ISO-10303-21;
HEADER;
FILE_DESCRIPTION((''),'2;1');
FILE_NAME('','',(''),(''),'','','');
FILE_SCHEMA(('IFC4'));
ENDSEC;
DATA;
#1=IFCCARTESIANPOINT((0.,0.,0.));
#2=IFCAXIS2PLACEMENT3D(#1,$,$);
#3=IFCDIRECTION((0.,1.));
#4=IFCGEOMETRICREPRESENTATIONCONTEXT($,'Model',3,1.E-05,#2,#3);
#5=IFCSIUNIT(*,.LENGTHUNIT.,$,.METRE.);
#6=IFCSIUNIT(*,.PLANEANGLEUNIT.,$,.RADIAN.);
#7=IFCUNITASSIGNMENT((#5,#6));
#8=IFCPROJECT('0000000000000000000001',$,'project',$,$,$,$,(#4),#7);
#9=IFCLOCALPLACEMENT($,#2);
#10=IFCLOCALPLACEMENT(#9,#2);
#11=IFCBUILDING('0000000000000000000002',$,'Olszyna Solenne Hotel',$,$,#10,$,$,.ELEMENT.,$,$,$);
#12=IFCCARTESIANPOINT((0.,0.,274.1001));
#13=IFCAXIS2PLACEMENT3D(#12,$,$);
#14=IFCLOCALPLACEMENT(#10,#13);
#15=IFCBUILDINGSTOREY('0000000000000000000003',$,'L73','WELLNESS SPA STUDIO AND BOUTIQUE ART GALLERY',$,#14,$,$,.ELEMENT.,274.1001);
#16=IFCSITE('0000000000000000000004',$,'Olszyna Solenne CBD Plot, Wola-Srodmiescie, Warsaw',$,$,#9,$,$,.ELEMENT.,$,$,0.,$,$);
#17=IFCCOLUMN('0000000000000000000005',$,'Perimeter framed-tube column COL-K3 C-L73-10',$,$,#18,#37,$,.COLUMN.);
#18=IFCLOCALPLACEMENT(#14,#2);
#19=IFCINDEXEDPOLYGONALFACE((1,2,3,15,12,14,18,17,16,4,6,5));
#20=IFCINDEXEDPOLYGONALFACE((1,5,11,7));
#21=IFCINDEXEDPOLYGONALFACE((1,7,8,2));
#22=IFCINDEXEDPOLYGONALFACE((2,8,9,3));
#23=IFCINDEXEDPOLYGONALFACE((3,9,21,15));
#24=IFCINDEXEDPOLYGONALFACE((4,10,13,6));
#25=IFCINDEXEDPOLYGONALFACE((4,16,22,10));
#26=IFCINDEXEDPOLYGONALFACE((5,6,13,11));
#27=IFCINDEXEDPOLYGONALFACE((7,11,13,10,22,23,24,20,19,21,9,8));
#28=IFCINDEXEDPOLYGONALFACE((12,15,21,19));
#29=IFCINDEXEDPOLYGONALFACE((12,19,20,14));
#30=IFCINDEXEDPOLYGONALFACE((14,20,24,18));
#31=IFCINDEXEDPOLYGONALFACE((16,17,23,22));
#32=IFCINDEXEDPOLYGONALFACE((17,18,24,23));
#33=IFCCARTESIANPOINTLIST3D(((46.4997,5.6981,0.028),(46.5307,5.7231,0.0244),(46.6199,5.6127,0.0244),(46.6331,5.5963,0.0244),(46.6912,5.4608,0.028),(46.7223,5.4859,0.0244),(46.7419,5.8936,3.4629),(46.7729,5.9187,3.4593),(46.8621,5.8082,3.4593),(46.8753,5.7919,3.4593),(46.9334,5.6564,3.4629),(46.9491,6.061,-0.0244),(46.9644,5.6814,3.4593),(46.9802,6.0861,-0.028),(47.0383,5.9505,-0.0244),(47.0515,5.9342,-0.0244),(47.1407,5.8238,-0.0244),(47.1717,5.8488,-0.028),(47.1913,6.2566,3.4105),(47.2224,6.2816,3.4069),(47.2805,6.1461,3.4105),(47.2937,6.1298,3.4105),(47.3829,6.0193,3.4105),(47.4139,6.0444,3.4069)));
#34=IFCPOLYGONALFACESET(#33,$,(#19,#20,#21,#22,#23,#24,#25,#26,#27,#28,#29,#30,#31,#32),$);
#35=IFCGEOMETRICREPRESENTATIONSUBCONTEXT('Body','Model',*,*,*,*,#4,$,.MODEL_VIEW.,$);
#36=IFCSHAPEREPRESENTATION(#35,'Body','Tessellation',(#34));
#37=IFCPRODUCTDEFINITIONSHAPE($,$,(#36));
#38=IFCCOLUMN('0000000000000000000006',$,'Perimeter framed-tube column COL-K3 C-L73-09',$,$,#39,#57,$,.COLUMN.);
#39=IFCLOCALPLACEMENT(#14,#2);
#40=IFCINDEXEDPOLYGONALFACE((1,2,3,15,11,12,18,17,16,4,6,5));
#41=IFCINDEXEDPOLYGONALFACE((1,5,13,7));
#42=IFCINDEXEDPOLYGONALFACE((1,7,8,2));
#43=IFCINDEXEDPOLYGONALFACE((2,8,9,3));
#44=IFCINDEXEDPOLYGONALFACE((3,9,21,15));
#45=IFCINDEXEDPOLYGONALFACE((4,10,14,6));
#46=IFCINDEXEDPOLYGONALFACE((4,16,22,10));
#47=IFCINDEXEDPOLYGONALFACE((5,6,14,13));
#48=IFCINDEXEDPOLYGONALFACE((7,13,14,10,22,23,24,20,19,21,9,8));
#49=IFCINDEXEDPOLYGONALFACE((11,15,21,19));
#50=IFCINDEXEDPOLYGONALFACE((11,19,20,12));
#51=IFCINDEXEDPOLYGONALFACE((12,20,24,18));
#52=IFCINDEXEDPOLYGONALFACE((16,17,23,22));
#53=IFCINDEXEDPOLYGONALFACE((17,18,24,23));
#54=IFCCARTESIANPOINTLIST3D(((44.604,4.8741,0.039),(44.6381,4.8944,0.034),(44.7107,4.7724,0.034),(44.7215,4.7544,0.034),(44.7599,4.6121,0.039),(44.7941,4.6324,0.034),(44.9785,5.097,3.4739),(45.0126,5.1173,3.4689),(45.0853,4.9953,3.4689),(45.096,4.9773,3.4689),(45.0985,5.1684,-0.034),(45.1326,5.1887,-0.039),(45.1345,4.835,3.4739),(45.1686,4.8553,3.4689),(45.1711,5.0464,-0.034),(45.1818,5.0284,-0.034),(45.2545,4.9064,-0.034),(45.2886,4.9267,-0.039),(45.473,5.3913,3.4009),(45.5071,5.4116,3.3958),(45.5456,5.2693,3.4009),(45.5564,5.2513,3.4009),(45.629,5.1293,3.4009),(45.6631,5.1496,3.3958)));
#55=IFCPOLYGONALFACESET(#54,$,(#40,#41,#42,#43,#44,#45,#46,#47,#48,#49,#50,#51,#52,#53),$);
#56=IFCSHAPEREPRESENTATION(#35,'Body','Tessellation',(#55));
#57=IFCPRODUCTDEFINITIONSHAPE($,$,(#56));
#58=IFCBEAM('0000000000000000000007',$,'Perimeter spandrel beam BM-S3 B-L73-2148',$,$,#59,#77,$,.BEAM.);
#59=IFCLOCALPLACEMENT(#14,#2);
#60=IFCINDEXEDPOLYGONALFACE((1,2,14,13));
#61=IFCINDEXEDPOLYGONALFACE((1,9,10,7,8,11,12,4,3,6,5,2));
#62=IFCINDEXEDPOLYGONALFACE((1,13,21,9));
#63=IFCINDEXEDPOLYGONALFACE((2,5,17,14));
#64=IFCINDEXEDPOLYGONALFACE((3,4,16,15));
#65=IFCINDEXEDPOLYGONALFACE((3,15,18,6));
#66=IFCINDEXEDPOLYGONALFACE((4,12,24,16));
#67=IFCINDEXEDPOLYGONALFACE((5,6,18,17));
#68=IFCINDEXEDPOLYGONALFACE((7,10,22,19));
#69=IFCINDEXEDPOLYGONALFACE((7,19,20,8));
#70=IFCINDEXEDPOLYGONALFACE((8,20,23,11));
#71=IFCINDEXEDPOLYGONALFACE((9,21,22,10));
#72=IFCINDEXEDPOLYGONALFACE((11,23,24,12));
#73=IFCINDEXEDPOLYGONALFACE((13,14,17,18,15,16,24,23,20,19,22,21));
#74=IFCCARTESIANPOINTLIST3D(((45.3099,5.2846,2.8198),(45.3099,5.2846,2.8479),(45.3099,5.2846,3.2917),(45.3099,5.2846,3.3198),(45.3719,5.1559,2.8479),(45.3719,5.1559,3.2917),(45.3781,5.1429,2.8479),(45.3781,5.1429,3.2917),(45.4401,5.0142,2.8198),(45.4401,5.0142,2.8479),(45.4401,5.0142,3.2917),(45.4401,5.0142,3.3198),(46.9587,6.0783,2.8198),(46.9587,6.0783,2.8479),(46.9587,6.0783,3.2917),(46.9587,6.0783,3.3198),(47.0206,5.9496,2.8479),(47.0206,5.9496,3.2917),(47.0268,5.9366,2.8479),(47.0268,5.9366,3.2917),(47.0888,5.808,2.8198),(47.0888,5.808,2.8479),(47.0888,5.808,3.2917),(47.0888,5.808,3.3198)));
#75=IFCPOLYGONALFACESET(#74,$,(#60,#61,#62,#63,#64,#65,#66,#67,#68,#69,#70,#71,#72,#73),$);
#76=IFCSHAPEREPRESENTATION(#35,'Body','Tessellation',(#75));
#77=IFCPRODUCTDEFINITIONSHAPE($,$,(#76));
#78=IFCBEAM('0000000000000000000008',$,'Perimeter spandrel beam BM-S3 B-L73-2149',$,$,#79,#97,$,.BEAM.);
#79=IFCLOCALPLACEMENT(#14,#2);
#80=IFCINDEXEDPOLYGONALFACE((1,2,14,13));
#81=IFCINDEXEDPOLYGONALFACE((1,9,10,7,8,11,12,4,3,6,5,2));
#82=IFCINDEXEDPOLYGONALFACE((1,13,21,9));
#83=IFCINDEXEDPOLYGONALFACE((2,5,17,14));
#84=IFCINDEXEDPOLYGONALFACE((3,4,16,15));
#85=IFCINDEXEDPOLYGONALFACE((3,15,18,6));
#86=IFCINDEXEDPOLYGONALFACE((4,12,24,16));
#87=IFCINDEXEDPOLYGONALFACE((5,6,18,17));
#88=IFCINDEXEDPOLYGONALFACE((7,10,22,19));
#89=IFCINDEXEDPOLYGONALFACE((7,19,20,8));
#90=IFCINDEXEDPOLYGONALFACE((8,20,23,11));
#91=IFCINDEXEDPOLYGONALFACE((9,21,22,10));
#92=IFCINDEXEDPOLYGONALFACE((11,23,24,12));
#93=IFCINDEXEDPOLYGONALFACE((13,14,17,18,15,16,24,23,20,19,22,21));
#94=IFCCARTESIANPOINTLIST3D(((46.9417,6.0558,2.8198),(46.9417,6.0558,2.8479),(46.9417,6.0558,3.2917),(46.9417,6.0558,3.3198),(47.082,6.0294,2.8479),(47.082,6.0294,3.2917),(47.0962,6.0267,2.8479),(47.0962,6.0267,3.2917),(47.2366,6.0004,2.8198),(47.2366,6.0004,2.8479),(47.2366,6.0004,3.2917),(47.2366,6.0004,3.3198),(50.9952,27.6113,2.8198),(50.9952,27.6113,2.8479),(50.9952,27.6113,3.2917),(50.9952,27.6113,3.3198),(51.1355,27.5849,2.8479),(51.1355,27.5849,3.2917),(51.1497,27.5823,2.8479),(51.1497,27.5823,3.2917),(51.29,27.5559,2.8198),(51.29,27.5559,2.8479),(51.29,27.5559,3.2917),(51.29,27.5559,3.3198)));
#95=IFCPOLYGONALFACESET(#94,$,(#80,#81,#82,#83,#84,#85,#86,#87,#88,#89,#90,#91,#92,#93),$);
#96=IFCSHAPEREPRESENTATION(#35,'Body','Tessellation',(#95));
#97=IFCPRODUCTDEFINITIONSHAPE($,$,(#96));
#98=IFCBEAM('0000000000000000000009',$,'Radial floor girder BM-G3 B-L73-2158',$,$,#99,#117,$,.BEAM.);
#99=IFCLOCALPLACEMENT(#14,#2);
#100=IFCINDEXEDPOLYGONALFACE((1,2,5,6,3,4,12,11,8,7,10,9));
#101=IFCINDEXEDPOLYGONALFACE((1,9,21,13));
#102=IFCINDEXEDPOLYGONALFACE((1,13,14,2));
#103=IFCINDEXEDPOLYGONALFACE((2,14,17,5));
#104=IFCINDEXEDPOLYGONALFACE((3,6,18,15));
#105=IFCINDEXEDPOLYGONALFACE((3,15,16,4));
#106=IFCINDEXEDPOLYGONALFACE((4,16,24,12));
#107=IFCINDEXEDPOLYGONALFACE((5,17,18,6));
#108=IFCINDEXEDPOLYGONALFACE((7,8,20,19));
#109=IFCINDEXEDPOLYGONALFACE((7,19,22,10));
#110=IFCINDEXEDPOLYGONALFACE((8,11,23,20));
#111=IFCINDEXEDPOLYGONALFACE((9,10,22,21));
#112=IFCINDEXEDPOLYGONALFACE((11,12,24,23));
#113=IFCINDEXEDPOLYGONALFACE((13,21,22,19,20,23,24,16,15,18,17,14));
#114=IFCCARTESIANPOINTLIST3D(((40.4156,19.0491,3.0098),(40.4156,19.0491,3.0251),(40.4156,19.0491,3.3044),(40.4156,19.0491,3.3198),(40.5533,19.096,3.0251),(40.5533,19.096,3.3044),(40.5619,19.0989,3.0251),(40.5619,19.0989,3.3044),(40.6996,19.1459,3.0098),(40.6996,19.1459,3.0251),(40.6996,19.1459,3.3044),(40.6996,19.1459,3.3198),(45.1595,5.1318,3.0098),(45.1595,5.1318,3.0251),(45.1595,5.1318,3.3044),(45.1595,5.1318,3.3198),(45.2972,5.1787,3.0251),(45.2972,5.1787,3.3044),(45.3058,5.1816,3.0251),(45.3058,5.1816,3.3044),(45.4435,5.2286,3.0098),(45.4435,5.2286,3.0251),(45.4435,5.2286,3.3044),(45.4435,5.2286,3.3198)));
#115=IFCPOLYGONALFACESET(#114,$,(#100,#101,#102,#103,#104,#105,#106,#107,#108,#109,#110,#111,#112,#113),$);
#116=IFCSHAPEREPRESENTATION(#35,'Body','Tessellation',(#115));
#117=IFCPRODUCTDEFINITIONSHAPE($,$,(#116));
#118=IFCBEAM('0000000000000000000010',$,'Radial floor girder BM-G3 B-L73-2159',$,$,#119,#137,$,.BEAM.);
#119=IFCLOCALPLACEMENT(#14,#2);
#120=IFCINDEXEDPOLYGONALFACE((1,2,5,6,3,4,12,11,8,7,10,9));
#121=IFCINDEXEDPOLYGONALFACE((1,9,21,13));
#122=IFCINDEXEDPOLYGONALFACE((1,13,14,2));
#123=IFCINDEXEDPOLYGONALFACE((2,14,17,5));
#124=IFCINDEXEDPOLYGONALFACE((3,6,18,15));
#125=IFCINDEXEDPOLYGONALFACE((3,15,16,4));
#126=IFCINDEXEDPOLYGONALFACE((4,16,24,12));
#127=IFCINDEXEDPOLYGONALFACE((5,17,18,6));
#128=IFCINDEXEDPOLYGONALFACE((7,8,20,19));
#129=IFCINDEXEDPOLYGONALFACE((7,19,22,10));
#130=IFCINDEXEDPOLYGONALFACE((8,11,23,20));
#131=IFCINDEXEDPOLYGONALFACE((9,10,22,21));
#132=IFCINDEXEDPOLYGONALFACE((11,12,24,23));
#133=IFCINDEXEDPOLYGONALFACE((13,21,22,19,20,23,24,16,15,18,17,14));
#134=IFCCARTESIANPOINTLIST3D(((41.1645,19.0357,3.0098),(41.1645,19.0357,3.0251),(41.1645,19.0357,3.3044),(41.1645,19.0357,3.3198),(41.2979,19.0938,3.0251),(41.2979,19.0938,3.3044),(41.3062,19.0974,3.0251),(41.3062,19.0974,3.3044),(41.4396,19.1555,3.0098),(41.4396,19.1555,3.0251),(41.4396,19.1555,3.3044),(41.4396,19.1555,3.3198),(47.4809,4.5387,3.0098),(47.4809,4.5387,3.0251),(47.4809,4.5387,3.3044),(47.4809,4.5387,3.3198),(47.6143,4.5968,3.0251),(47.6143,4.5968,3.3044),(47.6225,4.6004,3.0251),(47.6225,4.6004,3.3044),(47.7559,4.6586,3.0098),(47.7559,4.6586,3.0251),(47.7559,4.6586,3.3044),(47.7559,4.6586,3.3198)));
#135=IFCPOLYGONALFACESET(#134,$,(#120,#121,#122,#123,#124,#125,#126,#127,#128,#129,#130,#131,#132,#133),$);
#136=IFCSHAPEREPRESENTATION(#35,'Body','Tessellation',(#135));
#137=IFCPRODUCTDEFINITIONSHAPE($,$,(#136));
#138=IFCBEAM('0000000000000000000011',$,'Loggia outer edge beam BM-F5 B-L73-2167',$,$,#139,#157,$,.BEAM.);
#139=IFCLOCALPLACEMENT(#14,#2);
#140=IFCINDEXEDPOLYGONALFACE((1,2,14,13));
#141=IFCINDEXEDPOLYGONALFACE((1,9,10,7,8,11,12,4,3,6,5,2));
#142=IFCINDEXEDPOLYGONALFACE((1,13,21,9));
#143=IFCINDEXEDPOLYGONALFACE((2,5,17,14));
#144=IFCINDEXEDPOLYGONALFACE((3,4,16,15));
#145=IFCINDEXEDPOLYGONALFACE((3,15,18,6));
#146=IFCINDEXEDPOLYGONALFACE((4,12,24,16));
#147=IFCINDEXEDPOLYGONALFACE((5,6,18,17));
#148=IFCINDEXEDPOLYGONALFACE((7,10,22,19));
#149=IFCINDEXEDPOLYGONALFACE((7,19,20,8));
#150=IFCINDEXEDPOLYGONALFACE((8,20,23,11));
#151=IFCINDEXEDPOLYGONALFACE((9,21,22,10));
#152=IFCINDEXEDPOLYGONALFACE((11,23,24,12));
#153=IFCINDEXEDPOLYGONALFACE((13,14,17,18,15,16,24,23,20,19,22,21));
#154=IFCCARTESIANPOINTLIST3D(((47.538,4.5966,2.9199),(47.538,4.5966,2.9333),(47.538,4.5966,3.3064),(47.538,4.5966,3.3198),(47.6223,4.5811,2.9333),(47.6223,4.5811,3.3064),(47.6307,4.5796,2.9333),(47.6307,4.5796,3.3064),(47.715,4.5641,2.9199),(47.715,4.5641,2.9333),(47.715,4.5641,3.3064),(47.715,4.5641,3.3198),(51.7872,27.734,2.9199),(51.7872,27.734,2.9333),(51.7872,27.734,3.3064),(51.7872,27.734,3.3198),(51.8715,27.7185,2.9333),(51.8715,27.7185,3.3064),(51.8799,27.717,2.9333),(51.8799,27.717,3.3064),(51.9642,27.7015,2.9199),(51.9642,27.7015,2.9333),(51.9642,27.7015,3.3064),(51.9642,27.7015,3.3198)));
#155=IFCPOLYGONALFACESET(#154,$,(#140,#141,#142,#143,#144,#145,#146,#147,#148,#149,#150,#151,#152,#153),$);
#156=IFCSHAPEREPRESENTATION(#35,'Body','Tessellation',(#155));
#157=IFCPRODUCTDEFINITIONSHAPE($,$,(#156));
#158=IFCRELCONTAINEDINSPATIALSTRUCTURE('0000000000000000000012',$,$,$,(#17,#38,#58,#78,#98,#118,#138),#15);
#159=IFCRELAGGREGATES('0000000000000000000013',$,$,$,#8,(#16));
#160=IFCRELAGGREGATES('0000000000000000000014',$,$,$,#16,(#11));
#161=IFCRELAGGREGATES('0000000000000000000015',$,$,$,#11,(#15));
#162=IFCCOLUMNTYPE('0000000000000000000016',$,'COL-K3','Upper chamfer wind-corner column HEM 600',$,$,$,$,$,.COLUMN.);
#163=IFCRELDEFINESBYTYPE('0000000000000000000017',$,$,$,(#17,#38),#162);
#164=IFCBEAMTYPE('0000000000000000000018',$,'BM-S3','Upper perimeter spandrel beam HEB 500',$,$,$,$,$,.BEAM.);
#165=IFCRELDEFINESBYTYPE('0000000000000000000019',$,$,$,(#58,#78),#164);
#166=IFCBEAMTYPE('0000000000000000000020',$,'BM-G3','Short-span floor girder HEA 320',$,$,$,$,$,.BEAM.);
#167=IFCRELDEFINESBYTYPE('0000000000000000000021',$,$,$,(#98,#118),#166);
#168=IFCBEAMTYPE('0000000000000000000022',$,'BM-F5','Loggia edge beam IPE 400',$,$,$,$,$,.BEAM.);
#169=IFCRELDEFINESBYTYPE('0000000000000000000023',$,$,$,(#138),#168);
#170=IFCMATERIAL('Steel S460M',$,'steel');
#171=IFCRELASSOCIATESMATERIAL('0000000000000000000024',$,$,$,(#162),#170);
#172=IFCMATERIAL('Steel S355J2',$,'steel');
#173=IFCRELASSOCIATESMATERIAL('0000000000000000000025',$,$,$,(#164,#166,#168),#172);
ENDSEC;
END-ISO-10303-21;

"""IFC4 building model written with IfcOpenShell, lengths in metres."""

from ifc_helpers import new_model, si_unit, direction, frame, origin, origin_2d, place, context, subcontext, project, spatial, i_section, extrude, source, transform, mapped, material, material_profile, profile_set, type_object, element, save


model = new_model("IFC4")

# Units and contexts
model_context = context("Model", 3, precision=1e-05, world=origin(), true_north=direction((0.0, 1.0)))
body_context = subcontext(model_context, "Body", "Model", "MODEL_VIEW")
ifc_project = project(units=[si_unit("LENGTHUNIT", "METRE"), si_unit("PLANEANGLEUNIT", "RADIAN")], contexts=[model_context])

# Site, building, storey
site_placement = place(None, origin())
site = spatial("IfcSite", under=ifc_project, at=site_placement, Name="Olszyna Solenne CBD Plot, Wola-Srodmiescie, Warsaw", CompositionType="ELEMENT", RefElevation=0.0)
building_placement = place(site_placement, origin())
building = spatial("IfcBuilding", under=site, at=building_placement, Name="Olszyna Solenne Hotel", CompositionType="ELEMENT")
storey_placement = place(building_placement, frame((0.0, 0.0, 274.1001)))
storey = spatial("IfcBuildingStorey", under=building, at=storey_placement, Name="L73", Description="WELLNESS SPA STUDIO AND BOUTIQUE ART GALLERY", CompositionType="ELEMENT", Elevation=274.1001)

# Columns
ifc_material_1 = material(Name="Steel S460M", Category="steel")
ifc_material_profile_1 = material_profile(ifc_material_1, i_section(OverallWidth=0.3049, OverallDepth=0.6201, WebThickness=0.021, FlangeThickness=0.04, at=origin_2d()), Name="HEM 600", Category="load-bearing")
ifc_profile_set_1 = profile_set([ifc_material_profile_1], Name="Steel S460M")
column_type = type_object("IfcColumnType", Name="COL-K3", Description="Upper chamfer wind-corner column HEM 600", PredefinedType="COLUMN", material=ifc_profile_set_1)
shared_shape_1 = source(origin(), body_context, "Body", "SweptSolid", [
    extrude(i_section(OverallWidth=0.3049, OverallDepth=0.6201, WebThickness=0.021, FlangeThickness=0.04, at=origin_2d()), origin(), (0.0, 0.0, 1.0), 3.449),
])
column_1_placement = place(storey_placement, frame((46.8357, 5.7734, 0.0), z_axis=(0.070222, 0.056701, 0.995919), x_axis=(-0.628228, 0.77803, 0.0)))
element("IfcColumn", 1, at=column_1_placement, inside=storey, type_object=column_type, Name="Perimeter framed-tube column COL-K3 C-L73-10", PredefinedType="COLUMN", context=body_context, shape_type="MappedRepresentation", body=[
    mapped(shared_shape_1, transform((0.0, 0.0, 0.0), x_axis=(1.0, 0.0, 0.0), y_axis=(0.0, 1.0, 0.0), z_axis=(0.0, 0.0, 1.0), scale=1.0)),
])
shared_shape_2 = source(origin(), body_context, "Body", "SweptSolid", [
    extrude(i_section(OverallWidth=0.3049, OverallDepth=0.6201, WebThickness=0.021, FlangeThickness=0.04, at=origin_2d()), origin(), (0.0, 0.0, 1.0), 3.4624),
])
column_2_placement = place(storey_placement, frame((44.9463, 4.9004, 0.0), z_axis=(0.108167, 0.064378, 0.992046), x_axis=(-0.511444, 0.859316, 0.0)))
element("IfcColumn", 2, at=column_2_placement, inside=storey, type_object=column_type, Name="Perimeter framed-tube column COL-K3 C-L73-09", PredefinedType="COLUMN", context=body_context, shape_type="MappedRepresentation", body=[
    mapped(shared_shape_2, transform((0.0, 0.0, 0.0), x_axis=(1.0, 0.0, 0.0), y_axis=(0.0, 1.0, 0.0), z_axis=(0.0, 0.0, 1.0), scale=1.0)),
])

# Beams
ifc_material_2 = material(Name="Steel S355J2", Category="steel")
ifc_material_profile_2 = material_profile(ifc_material_2, i_section(OverallWidth=0.3, OverallDepth=0.5, WebThickness=0.0144, FlangeThickness=0.0281, at=origin_2d()), Name="HEB 500", Category="load-bearing")
ifc_profile_set_2 = profile_set([ifc_material_profile_2], Name="Steel S355J2")
beam_type_1 = type_object("IfcBeamType", Name="BM-S3", Description="Upper perimeter spandrel beam HEB 500", PredefinedType="BEAM", material=ifc_profile_set_2)
shared_shape_3 = source(origin(), body_context, "Body", "SweptSolid", [
    extrude(i_section(OverallWidth=0.3, OverallDepth=0.5, WebThickness=0.0144, FlangeThickness=0.0281, at=origin_2d()), origin(), (0.0, 0.0, 1.0), 1.8298),
])
beam_1_placement = place(storey_placement, frame((45.375, 5.1494, 3.0698), z_axis=(0.901025, 0.433767, 0.0), x_axis=(-0.433767, 0.901025, 0.0)))
element("IfcBeam", 3, at=beam_1_placement, inside=storey, type_object=beam_type_1, Name="Perimeter spandrel beam BM-S3 B-L73-2148", PredefinedType="BEAM", context=body_context, shape_type="MappedRepresentation", body=[
    mapped(shared_shape_3, transform((0.0, 0.0, 0.0), x_axis=(1.0, 0.0, 0.0), y_axis=(0.0, 1.0, 0.0), z_axis=(0.0, 0.0, 1.0), scale=1.0)),
])
shared_shape_4 = source(origin(), body_context, "Body", "SweptSolid", [
    extrude(i_section(OverallWidth=0.3, OverallDepth=0.5, WebThickness=0.0144, FlangeThickness=0.0281, at=origin_2d()), origin(), (0.0, 0.0, 1.0), 21.9333),
])
beam_2_placement = place(storey_placement, frame((47.0891, 6.0281, 3.0698), z_axis=(0.184809, 0.982774, 0.0), x_axis=(-0.982774, 0.184809, 0.0)))
element("IfcBeam", 4, at=beam_2_placement, inside=storey, type_object=beam_type_1, Name="Perimeter spandrel beam BM-S3 B-L73-2149", PredefinedType="BEAM", context=body_context, shape_type="MappedRepresentation", body=[
    mapped(shared_shape_4, transform((0.0, 0.0, 0.0), x_axis=(1.0, 0.0, 0.0), y_axis=(0.0, 1.0, 0.0), z_axis=(0.0, 0.0, 1.0), scale=1.0)),
])
ifc_material_profile_3 = material_profile(ifc_material_2, i_section(OverallWidth=0.3, OverallDepth=0.3101, WebThickness=0.009, FlangeThickness=0.0154, at=origin_2d()), Name="HEA 320", Category="load-bearing")
ifc_profile_set_3 = profile_set([ifc_material_profile_3], Name="Steel S355J2")
beam_type_2 = type_object("IfcBeamType", Name="BM-G3", Description="Short-span floor girder HEA 320", PredefinedType="BEAM", material=ifc_profile_set_3)
shared_shape_5 = source(origin(), body_context, "Body", "SweptSolid", [
    extrude(i_section(OverallWidth=0.3, OverallDepth=0.3101, WebThickness=0.009, FlangeThickness=0.0154, at=origin_2d()), origin(), (0.0, 0.0, 1.0), 14.7036),
])
beam_3_placement = place(storey_placement, frame((45.3015, 5.1802, 3.1648), z_axis=(-0.322636, 0.946523, 0.0), x_axis=(-0.946523, -0.322636, 0.0)))
element("IfcBeam", 5, at=beam_3_placement, inside=storey, type_object=beam_type_2, Name="Radial floor girder BM-G3 B-L73-2158", PredefinedType="BEAM", context=body_context, shape_type="MappedRepresentation", body=[
    mapped(shared_shape_5, transform((0.0, 0.0, 0.0), x_axis=(1.0, 0.0, 0.0), y_axis=(0.0, 1.0, 0.0), z_axis=(0.0, 0.0, 1.0), scale=1.0)),
])
shared_shape_6 = source(origin(), body_context, "Body", "SweptSolid", [
    extrude(i_section(OverallWidth=0.3, OverallDepth=0.3101, WebThickness=0.009, FlangeThickness=0.0154, at=origin_2d()), origin(), (0.0, 0.0, 1.0), 15.8132),
])
beam_4_placement = place(storey_placement, frame((47.6184, 4.5986, 3.1648), z_axis=(-0.399435, 0.916761, 0.0), x_axis=(-0.916761, -0.399435, 0.0)))
element("IfcBeam", 6, at=beam_4_placement, inside=storey, type_object=beam_type_2, Name="Radial floor girder BM-G3 B-L73-2159", PredefinedType="BEAM", context=body_context, shape_type="MappedRepresentation", body=[
    mapped(shared_shape_6, transform((0.0, 0.0, 0.0), x_axis=(1.0, 0.0, 0.0), y_axis=(0.0, 1.0, 0.0), z_axis=(0.0, 0.0, 1.0), scale=1.0)),
])
ifc_material_profile_4 = material_profile(ifc_material_2, i_section(OverallWidth=0.1799, OverallDepth=0.3999, WebThickness=0.0085, FlangeThickness=0.0134, at=origin_2d()), Name="IPE 400", Category="load-bearing")
ifc_profile_set_4 = profile_set([ifc_material_profile_4], Name="Steel S355J2")
beam_type_3 = type_object("IfcBeamType", Name="BM-F5", Description="Loggia edge beam IPE 400", PredefinedType="BEAM", material=ifc_profile_set_4)
shared_shape_7 = source(origin(), body_context, "Body", "SweptSolid", [
    extrude(i_section(OverallWidth=0.1799, OverallDepth=0.3999, WebThickness=0.0085, FlangeThickness=0.0134, at=origin_2d()), origin(), (0.0, 0.0, 1.0), 23.5244),
])
beam_5_placement = place(storey_placement, frame((47.6265, 4.5803, 3.1199), z_axis=(0.180632, 0.983551, 0.0), x_axis=(-0.983551, 0.180632, 0.0)))
element("IfcBeam", 7, at=beam_5_placement, inside=storey, type_object=beam_type_3, Name="Loggia outer edge beam BM-F5 B-L73-2167", PredefinedType="BEAM", context=body_context, shape_type="MappedRepresentation", body=[
    mapped(shared_shape_7, transform((0.0, 0.0, 0.0), x_axis=(1.0, 0.0, 0.0), y_axis=(0.0, 1.0, 0.0), z_axis=(0.0, 0.0, 1.0), scale=1.0)),
])

save(model, "model.ifc")
